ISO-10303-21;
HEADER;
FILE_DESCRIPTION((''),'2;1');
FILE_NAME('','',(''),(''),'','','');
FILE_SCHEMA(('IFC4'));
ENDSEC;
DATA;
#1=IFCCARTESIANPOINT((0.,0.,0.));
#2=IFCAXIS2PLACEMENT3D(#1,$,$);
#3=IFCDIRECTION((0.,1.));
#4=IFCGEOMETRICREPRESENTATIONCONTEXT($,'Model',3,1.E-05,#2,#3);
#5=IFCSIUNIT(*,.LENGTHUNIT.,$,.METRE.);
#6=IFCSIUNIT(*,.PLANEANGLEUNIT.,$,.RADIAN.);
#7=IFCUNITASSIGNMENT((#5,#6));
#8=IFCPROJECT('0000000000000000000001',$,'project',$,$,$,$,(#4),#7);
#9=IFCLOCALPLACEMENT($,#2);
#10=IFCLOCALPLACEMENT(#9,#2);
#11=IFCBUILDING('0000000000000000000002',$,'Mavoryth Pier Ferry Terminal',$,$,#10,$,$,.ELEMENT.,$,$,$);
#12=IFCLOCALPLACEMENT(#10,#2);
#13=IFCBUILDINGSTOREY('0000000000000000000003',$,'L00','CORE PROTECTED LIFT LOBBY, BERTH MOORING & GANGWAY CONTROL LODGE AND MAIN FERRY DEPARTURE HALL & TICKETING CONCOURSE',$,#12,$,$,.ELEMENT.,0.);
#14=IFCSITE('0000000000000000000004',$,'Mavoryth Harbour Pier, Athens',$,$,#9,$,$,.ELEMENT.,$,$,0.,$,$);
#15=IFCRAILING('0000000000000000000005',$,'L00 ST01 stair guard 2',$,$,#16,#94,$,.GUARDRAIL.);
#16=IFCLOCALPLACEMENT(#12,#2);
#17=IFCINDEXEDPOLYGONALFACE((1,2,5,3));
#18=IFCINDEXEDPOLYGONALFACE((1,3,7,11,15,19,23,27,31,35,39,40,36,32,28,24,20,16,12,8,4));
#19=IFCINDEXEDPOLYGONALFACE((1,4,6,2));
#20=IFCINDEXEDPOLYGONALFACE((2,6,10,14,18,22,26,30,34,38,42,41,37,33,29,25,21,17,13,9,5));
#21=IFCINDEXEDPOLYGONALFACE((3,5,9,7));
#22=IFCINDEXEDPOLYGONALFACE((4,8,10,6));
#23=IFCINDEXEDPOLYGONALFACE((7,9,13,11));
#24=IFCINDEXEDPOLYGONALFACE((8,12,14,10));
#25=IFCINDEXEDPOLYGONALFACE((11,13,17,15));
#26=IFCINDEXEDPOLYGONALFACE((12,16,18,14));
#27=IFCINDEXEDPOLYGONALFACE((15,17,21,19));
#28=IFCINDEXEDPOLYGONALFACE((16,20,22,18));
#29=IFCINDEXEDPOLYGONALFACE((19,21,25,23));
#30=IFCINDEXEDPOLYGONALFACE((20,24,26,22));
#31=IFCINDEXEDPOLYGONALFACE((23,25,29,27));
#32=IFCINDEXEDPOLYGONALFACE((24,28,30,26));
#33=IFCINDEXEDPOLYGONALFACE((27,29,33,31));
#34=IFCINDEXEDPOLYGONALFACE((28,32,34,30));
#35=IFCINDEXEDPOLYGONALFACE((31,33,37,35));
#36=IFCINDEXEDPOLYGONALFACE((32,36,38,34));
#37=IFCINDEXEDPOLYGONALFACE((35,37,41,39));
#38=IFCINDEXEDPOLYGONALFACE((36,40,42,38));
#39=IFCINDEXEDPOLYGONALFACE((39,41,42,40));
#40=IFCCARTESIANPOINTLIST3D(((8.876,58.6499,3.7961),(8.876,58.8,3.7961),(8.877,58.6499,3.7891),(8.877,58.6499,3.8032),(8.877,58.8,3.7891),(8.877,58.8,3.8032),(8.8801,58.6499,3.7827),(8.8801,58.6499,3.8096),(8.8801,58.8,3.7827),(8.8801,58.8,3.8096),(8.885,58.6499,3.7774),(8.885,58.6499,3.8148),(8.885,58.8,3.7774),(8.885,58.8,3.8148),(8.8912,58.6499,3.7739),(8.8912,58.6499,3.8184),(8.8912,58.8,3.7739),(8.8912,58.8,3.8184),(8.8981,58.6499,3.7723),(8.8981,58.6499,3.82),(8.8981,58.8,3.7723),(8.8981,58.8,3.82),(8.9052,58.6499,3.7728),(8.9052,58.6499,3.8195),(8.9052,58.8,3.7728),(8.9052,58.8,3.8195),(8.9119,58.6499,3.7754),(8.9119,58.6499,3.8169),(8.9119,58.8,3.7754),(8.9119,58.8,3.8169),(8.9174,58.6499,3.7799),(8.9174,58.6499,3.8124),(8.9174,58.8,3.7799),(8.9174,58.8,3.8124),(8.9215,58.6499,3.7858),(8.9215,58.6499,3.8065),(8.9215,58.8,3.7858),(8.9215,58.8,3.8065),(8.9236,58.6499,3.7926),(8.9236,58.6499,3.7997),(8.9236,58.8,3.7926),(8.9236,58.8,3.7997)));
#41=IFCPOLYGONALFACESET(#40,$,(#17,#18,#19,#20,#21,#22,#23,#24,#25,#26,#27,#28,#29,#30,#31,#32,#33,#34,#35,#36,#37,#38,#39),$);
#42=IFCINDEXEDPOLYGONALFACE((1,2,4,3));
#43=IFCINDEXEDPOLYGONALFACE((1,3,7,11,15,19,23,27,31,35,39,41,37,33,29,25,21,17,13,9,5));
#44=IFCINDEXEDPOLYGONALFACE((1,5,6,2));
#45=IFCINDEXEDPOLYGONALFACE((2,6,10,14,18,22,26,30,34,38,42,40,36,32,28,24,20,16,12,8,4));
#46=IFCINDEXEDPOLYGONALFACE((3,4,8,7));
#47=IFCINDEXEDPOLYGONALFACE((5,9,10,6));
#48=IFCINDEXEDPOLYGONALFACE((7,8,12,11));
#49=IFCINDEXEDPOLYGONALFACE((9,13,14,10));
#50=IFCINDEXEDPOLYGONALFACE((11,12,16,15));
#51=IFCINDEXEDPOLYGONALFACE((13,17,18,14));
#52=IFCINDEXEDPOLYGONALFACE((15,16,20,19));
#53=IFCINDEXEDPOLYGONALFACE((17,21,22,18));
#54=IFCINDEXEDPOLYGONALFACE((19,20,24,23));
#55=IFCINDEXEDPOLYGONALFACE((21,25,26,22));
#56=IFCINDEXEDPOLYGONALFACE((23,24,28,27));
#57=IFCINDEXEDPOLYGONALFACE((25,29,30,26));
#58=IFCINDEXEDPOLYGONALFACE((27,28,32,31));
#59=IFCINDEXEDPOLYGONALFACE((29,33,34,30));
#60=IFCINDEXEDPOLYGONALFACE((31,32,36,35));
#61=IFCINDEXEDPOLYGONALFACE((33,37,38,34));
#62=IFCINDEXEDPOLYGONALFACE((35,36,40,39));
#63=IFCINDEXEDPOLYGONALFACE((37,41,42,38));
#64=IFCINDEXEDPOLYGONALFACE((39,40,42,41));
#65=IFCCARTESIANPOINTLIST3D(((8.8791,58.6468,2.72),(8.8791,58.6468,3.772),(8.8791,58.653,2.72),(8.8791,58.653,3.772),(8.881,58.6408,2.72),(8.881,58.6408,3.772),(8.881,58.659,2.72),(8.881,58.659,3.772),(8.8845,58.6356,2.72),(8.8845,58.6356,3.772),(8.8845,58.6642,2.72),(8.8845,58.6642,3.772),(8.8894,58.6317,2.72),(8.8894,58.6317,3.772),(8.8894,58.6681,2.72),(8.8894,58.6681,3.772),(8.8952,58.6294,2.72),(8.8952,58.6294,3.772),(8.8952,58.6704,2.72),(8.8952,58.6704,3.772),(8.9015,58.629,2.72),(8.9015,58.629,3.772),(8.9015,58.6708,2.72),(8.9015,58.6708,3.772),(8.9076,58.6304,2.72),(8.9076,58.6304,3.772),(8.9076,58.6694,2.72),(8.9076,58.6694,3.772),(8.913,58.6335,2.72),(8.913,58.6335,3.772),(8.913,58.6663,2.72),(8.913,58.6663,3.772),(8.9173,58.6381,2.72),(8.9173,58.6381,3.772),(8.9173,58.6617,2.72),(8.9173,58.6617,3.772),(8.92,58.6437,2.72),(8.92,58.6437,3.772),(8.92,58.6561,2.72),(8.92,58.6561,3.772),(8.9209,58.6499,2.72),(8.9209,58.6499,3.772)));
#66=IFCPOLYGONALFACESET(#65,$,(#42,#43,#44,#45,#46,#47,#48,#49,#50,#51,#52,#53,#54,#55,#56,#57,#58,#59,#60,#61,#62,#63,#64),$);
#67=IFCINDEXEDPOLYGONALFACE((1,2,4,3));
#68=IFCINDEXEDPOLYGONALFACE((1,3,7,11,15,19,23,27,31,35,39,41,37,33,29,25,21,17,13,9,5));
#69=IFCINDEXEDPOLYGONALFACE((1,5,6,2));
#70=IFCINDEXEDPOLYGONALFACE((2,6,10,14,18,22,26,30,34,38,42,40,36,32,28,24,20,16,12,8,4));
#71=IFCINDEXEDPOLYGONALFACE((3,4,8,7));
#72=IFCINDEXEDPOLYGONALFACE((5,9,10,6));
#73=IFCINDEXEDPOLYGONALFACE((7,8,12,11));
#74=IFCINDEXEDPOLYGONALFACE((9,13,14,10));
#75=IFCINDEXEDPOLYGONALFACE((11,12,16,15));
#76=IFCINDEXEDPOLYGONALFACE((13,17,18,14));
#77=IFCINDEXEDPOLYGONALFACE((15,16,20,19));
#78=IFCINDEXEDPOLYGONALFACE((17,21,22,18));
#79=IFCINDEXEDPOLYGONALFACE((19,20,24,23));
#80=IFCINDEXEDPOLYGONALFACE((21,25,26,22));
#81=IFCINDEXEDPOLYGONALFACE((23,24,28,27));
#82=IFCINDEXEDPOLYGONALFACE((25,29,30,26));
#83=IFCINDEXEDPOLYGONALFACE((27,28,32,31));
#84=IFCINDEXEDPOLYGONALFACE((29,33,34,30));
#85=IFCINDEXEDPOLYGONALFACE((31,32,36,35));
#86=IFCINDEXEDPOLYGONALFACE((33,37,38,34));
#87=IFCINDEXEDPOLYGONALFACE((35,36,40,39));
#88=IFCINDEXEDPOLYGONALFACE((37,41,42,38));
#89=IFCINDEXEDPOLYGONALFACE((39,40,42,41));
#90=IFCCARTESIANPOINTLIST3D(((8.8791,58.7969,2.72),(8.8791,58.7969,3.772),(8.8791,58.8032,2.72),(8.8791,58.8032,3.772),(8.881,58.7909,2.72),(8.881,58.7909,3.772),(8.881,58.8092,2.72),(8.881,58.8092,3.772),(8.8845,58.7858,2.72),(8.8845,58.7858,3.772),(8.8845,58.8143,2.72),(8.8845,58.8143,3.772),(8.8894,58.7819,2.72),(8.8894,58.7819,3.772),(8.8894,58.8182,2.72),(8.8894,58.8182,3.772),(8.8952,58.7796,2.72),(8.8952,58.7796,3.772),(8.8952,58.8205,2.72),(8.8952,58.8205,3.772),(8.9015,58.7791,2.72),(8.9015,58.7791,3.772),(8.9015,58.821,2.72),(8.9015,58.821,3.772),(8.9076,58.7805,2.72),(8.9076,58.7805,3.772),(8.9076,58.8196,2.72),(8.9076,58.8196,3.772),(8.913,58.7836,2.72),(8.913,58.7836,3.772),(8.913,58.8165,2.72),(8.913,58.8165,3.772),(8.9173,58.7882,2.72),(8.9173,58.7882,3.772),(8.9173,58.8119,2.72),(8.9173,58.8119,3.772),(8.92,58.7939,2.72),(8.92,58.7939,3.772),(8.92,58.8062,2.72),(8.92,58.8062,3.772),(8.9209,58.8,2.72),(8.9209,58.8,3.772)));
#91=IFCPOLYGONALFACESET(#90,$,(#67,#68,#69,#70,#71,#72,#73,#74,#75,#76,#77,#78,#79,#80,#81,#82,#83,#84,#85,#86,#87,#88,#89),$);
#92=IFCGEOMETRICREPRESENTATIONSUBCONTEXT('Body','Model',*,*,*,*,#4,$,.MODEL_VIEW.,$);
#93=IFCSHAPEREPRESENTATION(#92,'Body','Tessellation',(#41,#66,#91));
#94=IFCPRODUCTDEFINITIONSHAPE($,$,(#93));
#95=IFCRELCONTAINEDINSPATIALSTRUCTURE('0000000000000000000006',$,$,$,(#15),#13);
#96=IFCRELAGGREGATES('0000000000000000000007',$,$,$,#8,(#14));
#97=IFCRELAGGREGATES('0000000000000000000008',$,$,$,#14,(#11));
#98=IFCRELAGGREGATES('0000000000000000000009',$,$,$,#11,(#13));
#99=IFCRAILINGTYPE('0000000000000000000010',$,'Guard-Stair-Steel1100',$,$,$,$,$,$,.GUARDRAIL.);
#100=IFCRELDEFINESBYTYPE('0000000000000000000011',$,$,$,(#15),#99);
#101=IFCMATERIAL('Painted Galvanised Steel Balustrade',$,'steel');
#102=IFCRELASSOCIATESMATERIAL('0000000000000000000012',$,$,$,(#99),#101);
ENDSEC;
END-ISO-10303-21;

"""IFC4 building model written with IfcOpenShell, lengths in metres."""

from ifc_helpers import new_model, si_unit, direction, frame, origin, origin_2d, place, context, subcontext, project, spatial, circle, extrude, material, type_object, element, save


model = new_model("IFC4")

# Units and contexts
model_context = context("Model", 3, precision=1e-05, world=origin(), true_north=direction((0.0, 1.0)))
body_context = subcontext(model_context, "Body", "Model", "MODEL_VIEW")
ifc_project = project(units=[si_unit("LENGTHUNIT", "METRE"), si_unit("PLANEANGLEUNIT", "RADIAN")], contexts=[model_context])

# Site, building, storey
site_placement = place(None, origin())
site = spatial("IfcSite", under=ifc_project, at=site_placement, Name="Mavoryth Harbour Pier, Athens", CompositionType="ELEMENT", RefElevation=0.0)
building_placement = place(site_placement, origin())
building = spatial("IfcBuilding", under=site, at=building_placement, Name="Mavoryth Pier Ferry Terminal", CompositionType="ELEMENT")
storey_placement = place(building_placement, origin())
storey = spatial("IfcBuildingStorey", under=building, at=storey_placement, Name="L00", Description="CORE PROTECTED LIFT LOBBY, BERTH MOORING & GANGWAY CONTROL LODGE AND MAIN FERRY DEPARTURE HALL & TICKETING CONCOURSE", CompositionType="ELEMENT", Elevation=0.0)

# Railing
ifc_material_1 = material(Name="Painted Galvanised Steel Balustrade", Category="steel")
railing_type_1 = type_object("IfcRailingType", Name="Guard-Stair-Steel1100", PredefinedType="GUARDRAIL", material=ifc_material_1)
railing_1_placement = place(storey_placement, frame((8.8999, 58.6499, 2.72)))
element("IfcRailing", 1, at=railing_1_placement, inside=storey, type_object=railing_type_1, Name="L00 ST01 stair guard 2", PredefinedType="GUARDRAIL", context=body_context, shape_type="SweptSolid", body=[
    extrude(circle(Radius=0.0239, at=origin_2d()), frame((0.0, 0.0, 1.0762), z_axis=(0.0, 1.0, 0.0), x_axis=(-1.0, 0.0, 0.0)), (0.0, 0.0, 1.0), 0.1501),
    extrude(circle(Radius=0.021, at=origin_2d()), origin(), (0.0, 0.0, 1.0), 1.052),
    extrude(circle(Radius=0.021, at=origin_2d()), frame((0.0, 0.1501, 0.0)), (0.0, 0.0, 1.0), 1.052),
])

save(model, "model.ifc")
